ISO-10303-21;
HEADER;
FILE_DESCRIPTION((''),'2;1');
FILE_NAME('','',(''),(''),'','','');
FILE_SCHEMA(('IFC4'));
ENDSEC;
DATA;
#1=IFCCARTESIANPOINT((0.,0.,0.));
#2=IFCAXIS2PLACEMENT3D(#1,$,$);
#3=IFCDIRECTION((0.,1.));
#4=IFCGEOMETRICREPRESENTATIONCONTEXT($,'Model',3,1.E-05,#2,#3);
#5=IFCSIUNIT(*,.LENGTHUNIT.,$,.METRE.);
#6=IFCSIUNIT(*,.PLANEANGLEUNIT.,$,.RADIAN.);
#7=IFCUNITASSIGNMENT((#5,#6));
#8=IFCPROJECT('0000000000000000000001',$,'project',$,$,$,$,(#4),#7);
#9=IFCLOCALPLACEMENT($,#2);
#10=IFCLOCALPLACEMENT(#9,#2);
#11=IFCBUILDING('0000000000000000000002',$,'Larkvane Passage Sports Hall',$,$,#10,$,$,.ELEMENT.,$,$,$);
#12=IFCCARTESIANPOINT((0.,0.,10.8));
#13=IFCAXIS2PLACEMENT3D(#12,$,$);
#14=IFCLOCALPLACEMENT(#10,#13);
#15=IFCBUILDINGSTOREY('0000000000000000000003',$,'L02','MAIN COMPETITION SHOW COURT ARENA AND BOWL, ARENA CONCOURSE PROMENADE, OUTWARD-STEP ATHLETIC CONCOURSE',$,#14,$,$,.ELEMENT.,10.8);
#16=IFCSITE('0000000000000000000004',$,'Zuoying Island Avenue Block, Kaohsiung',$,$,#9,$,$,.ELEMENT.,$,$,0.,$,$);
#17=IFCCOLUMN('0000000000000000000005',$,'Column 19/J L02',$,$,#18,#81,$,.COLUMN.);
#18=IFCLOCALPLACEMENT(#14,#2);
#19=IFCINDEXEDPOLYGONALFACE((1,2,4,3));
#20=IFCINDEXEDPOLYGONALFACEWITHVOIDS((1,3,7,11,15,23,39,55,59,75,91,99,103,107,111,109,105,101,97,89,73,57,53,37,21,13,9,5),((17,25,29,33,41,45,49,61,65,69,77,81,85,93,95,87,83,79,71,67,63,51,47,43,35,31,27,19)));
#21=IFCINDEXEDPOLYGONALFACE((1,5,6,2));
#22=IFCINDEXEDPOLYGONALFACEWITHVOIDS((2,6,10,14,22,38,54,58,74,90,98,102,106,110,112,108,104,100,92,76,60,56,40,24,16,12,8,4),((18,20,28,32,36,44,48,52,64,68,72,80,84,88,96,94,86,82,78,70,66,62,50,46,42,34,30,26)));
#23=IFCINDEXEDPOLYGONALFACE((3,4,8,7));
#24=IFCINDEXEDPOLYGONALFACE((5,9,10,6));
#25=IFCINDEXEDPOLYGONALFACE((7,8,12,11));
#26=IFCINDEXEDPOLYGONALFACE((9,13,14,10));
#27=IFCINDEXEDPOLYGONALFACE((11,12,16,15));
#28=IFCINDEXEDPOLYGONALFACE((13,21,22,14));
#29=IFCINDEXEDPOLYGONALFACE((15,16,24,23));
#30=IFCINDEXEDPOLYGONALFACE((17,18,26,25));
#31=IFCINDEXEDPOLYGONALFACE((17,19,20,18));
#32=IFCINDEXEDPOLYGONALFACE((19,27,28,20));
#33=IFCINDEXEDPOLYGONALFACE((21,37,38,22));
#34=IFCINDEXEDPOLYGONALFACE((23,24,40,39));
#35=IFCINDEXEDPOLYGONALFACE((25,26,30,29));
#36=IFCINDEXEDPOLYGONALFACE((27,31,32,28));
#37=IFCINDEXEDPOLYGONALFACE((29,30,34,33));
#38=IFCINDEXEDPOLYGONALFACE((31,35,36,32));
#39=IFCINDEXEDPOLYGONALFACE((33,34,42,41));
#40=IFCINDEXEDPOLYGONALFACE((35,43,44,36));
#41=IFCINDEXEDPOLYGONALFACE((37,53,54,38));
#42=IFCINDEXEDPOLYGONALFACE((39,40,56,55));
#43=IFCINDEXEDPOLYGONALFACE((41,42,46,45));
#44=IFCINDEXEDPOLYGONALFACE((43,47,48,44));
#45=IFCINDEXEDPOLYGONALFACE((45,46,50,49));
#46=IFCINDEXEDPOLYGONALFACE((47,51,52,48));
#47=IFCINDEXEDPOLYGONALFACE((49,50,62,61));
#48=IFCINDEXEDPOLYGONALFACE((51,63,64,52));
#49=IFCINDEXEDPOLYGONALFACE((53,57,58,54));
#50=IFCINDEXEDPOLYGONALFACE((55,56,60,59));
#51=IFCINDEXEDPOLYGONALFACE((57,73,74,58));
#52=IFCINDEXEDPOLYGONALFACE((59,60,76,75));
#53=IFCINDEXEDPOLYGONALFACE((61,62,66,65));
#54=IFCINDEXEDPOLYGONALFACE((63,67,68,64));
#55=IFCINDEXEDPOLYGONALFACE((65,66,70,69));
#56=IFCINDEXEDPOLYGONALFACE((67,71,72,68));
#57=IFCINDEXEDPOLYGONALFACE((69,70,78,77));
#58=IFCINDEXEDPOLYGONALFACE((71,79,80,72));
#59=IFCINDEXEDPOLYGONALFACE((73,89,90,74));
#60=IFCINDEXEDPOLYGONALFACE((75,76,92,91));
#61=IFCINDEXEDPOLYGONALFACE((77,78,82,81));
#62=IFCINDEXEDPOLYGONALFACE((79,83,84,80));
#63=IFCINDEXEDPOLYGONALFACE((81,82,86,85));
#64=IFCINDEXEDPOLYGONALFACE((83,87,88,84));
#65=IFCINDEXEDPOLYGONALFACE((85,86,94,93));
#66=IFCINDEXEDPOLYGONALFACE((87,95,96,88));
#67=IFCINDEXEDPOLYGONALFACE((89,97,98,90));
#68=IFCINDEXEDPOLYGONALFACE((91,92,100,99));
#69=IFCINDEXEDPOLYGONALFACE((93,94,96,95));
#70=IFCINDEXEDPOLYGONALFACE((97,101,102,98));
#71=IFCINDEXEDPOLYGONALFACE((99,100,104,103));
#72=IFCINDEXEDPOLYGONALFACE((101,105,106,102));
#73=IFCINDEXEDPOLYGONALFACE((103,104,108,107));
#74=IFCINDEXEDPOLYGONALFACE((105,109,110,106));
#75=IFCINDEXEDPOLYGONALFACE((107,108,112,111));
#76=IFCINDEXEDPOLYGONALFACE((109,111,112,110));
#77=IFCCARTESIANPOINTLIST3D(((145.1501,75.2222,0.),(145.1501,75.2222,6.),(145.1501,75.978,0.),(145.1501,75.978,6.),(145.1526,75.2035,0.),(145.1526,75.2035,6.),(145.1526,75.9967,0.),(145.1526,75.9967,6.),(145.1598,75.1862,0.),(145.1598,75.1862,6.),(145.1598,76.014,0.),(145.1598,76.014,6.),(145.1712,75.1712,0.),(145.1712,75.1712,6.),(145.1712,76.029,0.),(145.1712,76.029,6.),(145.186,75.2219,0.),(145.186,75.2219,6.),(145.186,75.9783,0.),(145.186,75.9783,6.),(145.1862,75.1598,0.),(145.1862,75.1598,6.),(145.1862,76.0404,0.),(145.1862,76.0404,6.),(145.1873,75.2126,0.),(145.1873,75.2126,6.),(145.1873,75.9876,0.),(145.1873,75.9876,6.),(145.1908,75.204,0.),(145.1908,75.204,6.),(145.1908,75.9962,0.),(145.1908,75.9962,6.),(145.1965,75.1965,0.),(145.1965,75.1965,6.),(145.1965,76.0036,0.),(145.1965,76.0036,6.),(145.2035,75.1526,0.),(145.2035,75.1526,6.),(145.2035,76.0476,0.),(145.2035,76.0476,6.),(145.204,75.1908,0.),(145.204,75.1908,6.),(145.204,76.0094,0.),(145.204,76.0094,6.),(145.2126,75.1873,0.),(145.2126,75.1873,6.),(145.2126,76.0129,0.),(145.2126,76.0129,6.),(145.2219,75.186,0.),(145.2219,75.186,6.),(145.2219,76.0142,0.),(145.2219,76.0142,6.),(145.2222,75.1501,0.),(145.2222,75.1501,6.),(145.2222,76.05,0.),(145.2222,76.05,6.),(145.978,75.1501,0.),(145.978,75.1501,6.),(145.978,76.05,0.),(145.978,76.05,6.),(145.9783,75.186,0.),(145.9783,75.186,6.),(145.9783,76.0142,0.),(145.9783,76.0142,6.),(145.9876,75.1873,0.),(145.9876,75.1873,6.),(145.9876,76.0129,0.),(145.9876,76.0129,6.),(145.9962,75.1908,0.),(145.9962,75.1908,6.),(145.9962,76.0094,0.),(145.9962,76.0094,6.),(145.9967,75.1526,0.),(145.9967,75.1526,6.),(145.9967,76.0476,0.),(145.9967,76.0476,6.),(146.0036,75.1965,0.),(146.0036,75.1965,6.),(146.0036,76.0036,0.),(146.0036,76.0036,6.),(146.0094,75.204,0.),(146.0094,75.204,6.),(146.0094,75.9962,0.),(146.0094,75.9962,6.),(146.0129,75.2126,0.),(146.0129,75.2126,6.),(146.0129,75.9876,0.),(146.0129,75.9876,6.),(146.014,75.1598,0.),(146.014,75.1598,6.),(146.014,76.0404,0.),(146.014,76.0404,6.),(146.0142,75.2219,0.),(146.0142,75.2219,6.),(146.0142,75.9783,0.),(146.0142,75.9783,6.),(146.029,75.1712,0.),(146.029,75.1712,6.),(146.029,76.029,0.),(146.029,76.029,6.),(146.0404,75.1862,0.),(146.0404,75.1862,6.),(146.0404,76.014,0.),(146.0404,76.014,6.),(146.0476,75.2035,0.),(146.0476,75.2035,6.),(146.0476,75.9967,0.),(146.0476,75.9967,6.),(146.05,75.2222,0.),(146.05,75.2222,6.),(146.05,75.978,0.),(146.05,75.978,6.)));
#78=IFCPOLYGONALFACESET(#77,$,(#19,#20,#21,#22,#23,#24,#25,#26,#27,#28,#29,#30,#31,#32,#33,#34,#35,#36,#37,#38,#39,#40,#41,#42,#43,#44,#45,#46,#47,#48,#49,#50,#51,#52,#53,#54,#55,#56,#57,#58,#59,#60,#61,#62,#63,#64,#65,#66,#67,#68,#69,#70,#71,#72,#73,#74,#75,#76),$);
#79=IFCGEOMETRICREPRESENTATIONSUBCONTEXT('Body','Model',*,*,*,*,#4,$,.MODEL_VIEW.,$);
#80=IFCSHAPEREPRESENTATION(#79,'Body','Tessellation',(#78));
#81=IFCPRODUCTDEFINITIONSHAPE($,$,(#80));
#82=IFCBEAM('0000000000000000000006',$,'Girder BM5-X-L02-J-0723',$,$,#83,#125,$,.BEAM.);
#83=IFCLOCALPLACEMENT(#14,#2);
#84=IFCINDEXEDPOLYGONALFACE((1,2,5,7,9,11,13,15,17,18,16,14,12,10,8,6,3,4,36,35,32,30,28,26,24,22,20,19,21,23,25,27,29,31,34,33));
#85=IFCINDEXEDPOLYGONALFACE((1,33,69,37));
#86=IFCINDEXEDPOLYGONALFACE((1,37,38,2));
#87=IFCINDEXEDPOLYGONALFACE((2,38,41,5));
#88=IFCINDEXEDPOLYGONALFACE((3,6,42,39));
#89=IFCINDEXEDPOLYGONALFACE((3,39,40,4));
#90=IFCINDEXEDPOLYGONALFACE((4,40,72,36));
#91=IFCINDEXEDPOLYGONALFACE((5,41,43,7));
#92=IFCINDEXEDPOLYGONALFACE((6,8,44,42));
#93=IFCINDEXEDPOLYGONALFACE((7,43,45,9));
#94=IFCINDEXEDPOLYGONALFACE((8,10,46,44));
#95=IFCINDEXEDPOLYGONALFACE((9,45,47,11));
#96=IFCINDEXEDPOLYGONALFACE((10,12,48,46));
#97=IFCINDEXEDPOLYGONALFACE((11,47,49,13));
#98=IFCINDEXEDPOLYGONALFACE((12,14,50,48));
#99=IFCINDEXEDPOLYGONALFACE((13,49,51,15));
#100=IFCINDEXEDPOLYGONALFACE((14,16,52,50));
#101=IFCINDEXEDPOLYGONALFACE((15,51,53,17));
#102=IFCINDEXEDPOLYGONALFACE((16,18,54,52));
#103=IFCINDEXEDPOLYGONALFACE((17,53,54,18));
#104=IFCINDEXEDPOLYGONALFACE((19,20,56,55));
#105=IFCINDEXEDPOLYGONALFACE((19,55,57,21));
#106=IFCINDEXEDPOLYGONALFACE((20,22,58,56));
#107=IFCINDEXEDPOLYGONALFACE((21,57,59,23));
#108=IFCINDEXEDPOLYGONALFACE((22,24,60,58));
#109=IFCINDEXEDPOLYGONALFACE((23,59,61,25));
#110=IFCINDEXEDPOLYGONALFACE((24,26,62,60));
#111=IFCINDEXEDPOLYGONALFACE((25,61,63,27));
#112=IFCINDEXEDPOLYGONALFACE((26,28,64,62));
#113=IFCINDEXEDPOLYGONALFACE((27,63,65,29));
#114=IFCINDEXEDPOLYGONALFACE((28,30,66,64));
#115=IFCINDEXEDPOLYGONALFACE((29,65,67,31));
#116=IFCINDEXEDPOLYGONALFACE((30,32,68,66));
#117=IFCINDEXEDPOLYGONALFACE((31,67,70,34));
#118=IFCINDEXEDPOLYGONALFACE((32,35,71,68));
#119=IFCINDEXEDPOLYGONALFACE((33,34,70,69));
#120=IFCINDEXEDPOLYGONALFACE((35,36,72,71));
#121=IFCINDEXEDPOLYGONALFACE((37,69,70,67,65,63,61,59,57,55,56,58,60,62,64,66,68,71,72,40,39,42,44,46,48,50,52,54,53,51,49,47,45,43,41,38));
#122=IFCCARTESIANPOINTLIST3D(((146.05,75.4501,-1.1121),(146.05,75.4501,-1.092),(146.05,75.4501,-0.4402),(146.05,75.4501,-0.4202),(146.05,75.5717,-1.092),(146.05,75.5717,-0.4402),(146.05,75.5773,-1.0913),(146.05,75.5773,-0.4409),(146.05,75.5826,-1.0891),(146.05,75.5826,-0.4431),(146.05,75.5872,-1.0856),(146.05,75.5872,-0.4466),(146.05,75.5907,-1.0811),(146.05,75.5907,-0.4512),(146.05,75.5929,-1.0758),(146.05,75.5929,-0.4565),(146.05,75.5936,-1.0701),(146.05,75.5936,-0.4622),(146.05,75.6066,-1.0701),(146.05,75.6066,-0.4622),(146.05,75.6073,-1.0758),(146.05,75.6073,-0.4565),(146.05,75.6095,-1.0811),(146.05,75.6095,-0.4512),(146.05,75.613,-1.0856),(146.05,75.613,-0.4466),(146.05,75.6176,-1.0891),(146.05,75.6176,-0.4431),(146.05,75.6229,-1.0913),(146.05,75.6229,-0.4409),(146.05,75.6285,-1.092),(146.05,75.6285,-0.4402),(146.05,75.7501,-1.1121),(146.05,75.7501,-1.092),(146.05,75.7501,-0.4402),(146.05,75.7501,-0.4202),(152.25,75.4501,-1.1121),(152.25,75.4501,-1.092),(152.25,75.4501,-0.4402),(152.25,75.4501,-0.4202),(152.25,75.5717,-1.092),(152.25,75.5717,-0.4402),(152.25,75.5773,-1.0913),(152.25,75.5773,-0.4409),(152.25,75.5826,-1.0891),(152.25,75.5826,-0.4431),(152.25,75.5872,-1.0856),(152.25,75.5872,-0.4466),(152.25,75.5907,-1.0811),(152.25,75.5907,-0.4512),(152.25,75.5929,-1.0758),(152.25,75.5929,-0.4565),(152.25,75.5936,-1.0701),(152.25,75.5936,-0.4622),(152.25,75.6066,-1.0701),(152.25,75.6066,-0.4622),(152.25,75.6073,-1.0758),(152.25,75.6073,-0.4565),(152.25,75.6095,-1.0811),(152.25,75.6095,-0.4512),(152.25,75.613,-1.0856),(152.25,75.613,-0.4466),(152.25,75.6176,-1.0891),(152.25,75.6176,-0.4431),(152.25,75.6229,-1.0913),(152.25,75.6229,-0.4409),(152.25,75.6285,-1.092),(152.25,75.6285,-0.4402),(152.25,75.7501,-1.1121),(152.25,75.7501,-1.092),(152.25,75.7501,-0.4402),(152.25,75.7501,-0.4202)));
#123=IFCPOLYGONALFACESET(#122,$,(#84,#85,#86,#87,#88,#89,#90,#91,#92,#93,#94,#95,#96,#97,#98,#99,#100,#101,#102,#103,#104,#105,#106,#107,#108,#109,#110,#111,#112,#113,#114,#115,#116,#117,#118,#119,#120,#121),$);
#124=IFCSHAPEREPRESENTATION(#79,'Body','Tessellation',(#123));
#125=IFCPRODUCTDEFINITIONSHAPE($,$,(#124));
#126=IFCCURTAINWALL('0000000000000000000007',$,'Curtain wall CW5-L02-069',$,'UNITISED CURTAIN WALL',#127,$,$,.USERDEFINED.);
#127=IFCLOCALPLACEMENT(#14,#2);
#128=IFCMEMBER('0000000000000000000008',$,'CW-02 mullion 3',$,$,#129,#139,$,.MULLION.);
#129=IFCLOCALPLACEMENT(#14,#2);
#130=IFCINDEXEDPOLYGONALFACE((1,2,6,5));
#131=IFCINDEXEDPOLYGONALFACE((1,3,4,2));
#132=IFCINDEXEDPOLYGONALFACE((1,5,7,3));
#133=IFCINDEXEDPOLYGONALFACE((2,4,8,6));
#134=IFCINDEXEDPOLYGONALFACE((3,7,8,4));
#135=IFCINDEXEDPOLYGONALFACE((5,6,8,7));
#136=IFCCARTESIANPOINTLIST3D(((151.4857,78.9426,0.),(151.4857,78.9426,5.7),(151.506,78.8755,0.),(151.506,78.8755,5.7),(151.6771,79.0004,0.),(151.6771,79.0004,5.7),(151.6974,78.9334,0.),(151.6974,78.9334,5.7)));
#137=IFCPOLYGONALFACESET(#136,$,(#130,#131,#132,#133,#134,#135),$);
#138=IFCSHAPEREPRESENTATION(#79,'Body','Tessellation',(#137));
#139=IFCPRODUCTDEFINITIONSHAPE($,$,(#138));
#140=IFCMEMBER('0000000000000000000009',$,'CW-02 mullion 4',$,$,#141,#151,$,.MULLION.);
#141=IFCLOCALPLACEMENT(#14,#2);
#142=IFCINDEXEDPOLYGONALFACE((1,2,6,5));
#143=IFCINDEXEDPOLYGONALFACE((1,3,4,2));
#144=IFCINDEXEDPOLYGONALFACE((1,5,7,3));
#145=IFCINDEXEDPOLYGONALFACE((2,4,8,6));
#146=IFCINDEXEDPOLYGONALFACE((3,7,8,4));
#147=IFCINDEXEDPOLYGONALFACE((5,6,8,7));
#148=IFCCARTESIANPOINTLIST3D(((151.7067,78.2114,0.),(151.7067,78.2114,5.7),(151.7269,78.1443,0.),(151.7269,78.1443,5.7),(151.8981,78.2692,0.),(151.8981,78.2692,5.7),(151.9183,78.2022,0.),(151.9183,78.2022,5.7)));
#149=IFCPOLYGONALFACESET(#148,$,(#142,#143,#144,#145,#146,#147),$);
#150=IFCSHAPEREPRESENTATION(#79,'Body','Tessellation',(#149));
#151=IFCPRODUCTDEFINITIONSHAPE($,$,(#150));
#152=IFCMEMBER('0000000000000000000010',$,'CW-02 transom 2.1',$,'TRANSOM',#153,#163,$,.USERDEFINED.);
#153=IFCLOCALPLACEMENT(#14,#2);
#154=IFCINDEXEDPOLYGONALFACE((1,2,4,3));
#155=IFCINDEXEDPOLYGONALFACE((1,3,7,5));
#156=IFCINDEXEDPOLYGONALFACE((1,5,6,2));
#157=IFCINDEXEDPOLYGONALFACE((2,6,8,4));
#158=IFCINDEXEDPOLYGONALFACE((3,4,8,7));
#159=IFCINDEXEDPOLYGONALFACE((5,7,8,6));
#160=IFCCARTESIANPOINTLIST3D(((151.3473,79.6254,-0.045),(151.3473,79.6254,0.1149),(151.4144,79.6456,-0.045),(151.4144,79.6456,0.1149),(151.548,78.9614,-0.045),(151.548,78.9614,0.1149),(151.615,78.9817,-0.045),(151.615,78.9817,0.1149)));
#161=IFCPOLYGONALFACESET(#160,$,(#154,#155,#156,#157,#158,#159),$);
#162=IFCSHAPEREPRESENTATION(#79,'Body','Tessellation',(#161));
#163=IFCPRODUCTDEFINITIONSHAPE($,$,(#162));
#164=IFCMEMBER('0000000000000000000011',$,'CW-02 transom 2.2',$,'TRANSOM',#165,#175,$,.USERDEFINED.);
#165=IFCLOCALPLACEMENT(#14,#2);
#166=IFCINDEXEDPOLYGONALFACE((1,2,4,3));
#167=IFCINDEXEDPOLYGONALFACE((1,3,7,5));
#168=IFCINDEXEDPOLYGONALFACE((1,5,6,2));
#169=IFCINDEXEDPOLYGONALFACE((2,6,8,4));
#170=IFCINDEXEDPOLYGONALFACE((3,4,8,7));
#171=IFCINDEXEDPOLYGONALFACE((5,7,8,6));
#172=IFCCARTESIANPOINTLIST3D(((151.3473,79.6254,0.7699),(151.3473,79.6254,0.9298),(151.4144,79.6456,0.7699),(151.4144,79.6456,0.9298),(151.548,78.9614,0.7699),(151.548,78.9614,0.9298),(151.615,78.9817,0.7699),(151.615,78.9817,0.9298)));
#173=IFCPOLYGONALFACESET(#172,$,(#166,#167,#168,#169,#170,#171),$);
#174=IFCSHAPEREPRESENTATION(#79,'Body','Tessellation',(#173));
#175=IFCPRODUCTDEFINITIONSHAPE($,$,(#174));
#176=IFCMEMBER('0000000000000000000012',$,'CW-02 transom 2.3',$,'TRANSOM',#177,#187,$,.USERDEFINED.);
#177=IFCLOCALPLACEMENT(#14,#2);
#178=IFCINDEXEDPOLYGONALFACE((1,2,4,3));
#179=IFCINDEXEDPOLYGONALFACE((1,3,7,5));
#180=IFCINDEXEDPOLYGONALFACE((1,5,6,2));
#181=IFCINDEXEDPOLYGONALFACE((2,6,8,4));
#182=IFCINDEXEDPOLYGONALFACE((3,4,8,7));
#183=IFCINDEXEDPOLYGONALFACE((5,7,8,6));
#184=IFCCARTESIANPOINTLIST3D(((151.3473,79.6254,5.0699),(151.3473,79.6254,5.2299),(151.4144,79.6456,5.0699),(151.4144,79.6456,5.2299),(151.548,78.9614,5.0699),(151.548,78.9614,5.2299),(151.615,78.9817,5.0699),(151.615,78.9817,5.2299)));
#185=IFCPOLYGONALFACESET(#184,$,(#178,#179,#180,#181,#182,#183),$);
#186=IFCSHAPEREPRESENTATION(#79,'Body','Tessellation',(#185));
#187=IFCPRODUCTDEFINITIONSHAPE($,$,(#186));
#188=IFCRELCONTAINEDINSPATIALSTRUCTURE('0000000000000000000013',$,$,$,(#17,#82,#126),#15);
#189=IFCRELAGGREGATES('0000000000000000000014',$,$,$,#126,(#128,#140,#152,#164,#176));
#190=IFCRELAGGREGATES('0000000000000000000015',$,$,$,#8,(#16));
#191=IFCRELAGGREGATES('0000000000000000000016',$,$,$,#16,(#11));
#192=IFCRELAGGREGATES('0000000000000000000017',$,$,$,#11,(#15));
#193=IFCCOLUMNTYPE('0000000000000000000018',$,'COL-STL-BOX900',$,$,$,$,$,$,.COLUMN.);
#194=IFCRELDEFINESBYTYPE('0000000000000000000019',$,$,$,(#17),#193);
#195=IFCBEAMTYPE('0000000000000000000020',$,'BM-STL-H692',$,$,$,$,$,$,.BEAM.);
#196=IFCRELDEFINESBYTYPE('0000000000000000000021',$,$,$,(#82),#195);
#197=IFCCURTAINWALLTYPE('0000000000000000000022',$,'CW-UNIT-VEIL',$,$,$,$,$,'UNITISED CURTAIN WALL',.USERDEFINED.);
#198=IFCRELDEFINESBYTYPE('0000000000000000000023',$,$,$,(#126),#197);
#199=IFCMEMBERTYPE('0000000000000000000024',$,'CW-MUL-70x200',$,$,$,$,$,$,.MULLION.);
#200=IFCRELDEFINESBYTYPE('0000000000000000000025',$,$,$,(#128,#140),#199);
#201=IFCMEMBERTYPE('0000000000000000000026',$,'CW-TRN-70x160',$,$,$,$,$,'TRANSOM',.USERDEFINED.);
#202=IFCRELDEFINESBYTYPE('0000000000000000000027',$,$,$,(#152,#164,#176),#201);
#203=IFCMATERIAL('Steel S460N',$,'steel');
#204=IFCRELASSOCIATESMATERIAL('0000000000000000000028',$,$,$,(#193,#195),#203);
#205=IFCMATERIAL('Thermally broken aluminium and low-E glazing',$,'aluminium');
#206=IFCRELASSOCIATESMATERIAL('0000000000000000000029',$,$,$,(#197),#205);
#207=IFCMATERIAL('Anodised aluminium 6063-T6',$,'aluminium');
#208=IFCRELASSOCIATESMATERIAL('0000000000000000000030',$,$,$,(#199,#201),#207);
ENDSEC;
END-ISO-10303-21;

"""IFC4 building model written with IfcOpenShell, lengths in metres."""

from ifc_helpers import new_model, si_unit, direction, frame, origin, origin_2d, place, context, subcontext, project, spatial, rectangle, hollow_rectangle, i_section, extrude, material, material_profile, profile_set, type_object, element, aggregate, save


model = new_model("IFC4")

# Units and contexts
model_context = context("Model", 3, precision=1e-05, world=origin(), true_north=direction((0.0, 1.0)))
body_context = subcontext(model_context, "Body", "Model", "MODEL_VIEW")
ifc_project = project(units=[si_unit("LENGTHUNIT", "METRE"), si_unit("PLANEANGLEUNIT", "RADIAN")], contexts=[model_context])

# Site, building, storey
site_placement = place(None, origin())
site = spatial("IfcSite", under=ifc_project, at=site_placement, Name="Zuoying Island Avenue Block, Kaohsiung", CompositionType="ELEMENT", RefElevation=0.0)
building_placement = place(site_placement, origin())
building = spatial("IfcBuilding", under=site, at=building_placement, Name="Larkvane Passage Sports Hall", CompositionType="ELEMENT")
storey_placement = place(building_placement, frame((0.0, 0.0, 10.8)))
storey = spatial("IfcBuildingStorey", under=building, at=storey_placement, Name="L02", Description="MAIN COMPETITION SHOW COURT ARENA AND BOWL, ARENA CONCOURSE PROMENADE, OUTWARD-STEP ATHLETIC CONCOURSE", CompositionType="ELEMENT", Elevation=10.8)

# Column
ifc_material_1 = material(Name="Steel S460N", Category="steel")
ifc_material_profile_1 = material_profile(ifc_material_1, hollow_rectangle(XDim=0.8999, YDim=0.8999, WallThickness=0.0359, InnerFilletRadius=0.0359, OuterFilletRadius=0.072, at=origin_2d()), Name="BOX-900x900x36")
ifc_profile_set_1 = profile_set([ifc_material_profile_1], Name="Steel S460N")
column_type = type_object("IfcColumnType", Name="COL-STL-BOX900", PredefinedType="COLUMN", material=ifc_profile_set_1)
column_placement = place(storey_placement, frame((145.6001, 75.6001, 0.0), z_axis=(0.0, 0.0, 1.0), x_axis=(1.0, 0.0, 0.0)))
element("IfcColumn", 1, at=column_placement, inside=storey, type_object=column_type, Name="Column 19/J L02", PredefinedType="COLUMN", context=body_context, shape_type="SweptSolid", body=[
    extrude(hollow_rectangle(XDim=0.8999, YDim=0.8999, WallThickness=0.0359, InnerFilletRadius=0.0359, OuterFilletRadius=0.072, at=origin_2d()), origin(), (0.0, 0.0, 1.0), 6.0),
])

# Beam
ifc_material_profile_2 = material_profile(ifc_material_1, i_section(OverallWidth=0.3, OverallDepth=0.6919, WebThickness=0.0129, FlangeThickness=0.02, FilletRadius=0.022, at=origin_2d()), Name="H-692x300x13x20")
ifc_profile_set_2 = profile_set([ifc_material_profile_2], Name="Steel S460N")
beam_type_1 = type_object("IfcBeamType", Name="BM-STL-H692", PredefinedType="BEAM", material=ifc_profile_set_2)
beam_1_placement = place(storey_placement, frame((146.05, 75.6001, -0.7661), z_axis=(1.0, 0.0, 0.0), x_axis=(0.0, 1.0, 0.0)))
element("IfcBeam", 2, at=beam_1_placement, inside=storey, type_object=beam_type_1, Name="Girder BM5-X-L02-J-0723", PredefinedType="BEAM", context=body_context, shape_type="SweptSolid", body=[
    extrude(i_section(OverallWidth=0.3, OverallDepth=0.6919, WebThickness=0.0129, FlangeThickness=0.02, FilletRadius=0.022, at=origin_2d()), origin(), (0.0, 0.0, 1.0), 6.2),
])

# Curtain wall, members
ifc_material_2 = material(Name="Thermally broken aluminium and low-E glazing", Category="aluminium")
curtain_wall_type_1 = type_object("IfcCurtainWallType", Name="CW-UNIT-VEIL", ElementType="UNITISED CURTAIN WALL", PredefinedType="USERDEFINED", material=ifc_material_2)
curtain_wall_1_placement = place(storey_placement, origin())
curtain_wall_1 = element("IfcCurtainWall", 3, at=curtain_wall_1_placement, inside=storey, type_object=curtain_wall_type_1, Name="Curtain wall CW5-L02-069", ObjectType="UNITISED CURTAIN WALL", PredefinedType="USERDEFINED")
ifc_material_3 = material(Name="Anodised aluminium 6063-T6", Category="aluminium")
ifc_material_profile_3 = material_profile(ifc_material_3, rectangle(XDim=0.0701, YDim=0.2, at=origin_2d()), Name="ALU-MUL-70x200")
ifc_profile_set_3 = profile_set([ifc_material_profile_3], Name="Anodised aluminium 6063-T6")
member_type_1 = type_object("IfcMemberType", Name="CW-MUL-70x200", PredefinedType="MULLION", material=ifc_profile_set_3)
member_1_placement = place(storey_placement, frame((151.5916, 78.938, 0.0), z_axis=(0.0, 0.0, 1.0), x_axis=(0.289177, -0.957276, 0.0)))
member_1 = element("IfcMember", 4, at=member_1_placement, type_object=member_type_1, Name="CW-02 mullion 3", PredefinedType="MULLION", context=body_context, shape_type="SweptSolid", body=[
    extrude(rectangle(XDim=0.0701, YDim=0.2, at=origin_2d()), origin(), (0.0, 0.0, 1.0), 5.7),
])
member_2_placement = place(storey_placement, frame((151.8125, 78.2068, 0.0), z_axis=(0.0, 0.0, 1.0), x_axis=(0.289177, -0.957276, 0.0)))
member_2 = element("IfcMember", 5, at=member_2_placement, type_object=member_type_1, Name="CW-02 mullion 4", PredefinedType="MULLION", context=body_context, shape_type="SweptSolid", body=[
    extrude(rectangle(XDim=0.0701, YDim=0.2, at=origin_2d()), origin(), (0.0, 0.0, 1.0), 5.7),
])
ifc_material_profile_4 = material_profile(ifc_material_3, rectangle(XDim=0.0701, YDim=0.1599, at=origin_2d()), Name="ALU-TRN-70x160")
ifc_profile_set_4 = profile_set([ifc_material_profile_4], Name="Anodised aluminium 6063-T6")
member_type_2 = type_object("IfcMemberType", Name="CW-TRN-70x160", ElementType="TRANSOM", PredefinedType="USERDEFINED", material=ifc_profile_set_4)
member_3_placement = place(storey_placement, frame((151.3809, 79.6355, 0.0349), z_axis=(0.289285, -0.957243, 0.0), x_axis=(0.957243, 0.289285, 0.0)))
member_3 = element("IfcMember", 6, at=member_3_placement, type_object=member_type_2, Name="CW-02 transom 2.1", ObjectType="TRANSOM", PredefinedType="USERDEFINED", context=body_context, shape_type="SweptSolid", body=[
    extrude(rectangle(XDim=0.0701, YDim=0.1599, at=origin_2d()), origin(), (0.0, 0.0, 1.0), 0.6936),
])
member_4_placement = place(storey_placement, frame((151.3809, 79.6355, 0.8499), z_axis=(0.289285, -0.957243, 0.0), x_axis=(0.957243, 0.289285, 0.0)))
member_4 = element("IfcMember", 7, at=member_4_placement, type_object=member_type_2, Name="CW-02 transom 2.2", ObjectType="TRANSOM", PredefinedType="USERDEFINED", context=body_context, shape_type="SweptSolid", body=[
    extrude(rectangle(XDim=0.0701, YDim=0.1599, at=origin_2d()), origin(), (0.0, 0.0, 1.0), 0.6936),
])
member_5_placement = place(storey_placement, frame((151.3809, 79.6355, 5.1499), z_axis=(0.289285, -0.957243, 0.0), x_axis=(0.957243, 0.289285, 0.0)))
member_5 = element("IfcMember", 8, at=member_5_placement, type_object=member_type_2, Name="CW-02 transom 2.3", ObjectType="TRANSOM", PredefinedType="USERDEFINED", context=body_context, shape_type="SweptSolid", body=[
    extrude(rectangle(XDim=0.0701, YDim=0.1599, at=origin_2d()), origin(), (0.0, 0.0, 1.0), 0.6936),
])

aggregate(curtain_wall_1, [member_1, member_2, member_3, member_4, member_5])

save(model, "model.ifc")
